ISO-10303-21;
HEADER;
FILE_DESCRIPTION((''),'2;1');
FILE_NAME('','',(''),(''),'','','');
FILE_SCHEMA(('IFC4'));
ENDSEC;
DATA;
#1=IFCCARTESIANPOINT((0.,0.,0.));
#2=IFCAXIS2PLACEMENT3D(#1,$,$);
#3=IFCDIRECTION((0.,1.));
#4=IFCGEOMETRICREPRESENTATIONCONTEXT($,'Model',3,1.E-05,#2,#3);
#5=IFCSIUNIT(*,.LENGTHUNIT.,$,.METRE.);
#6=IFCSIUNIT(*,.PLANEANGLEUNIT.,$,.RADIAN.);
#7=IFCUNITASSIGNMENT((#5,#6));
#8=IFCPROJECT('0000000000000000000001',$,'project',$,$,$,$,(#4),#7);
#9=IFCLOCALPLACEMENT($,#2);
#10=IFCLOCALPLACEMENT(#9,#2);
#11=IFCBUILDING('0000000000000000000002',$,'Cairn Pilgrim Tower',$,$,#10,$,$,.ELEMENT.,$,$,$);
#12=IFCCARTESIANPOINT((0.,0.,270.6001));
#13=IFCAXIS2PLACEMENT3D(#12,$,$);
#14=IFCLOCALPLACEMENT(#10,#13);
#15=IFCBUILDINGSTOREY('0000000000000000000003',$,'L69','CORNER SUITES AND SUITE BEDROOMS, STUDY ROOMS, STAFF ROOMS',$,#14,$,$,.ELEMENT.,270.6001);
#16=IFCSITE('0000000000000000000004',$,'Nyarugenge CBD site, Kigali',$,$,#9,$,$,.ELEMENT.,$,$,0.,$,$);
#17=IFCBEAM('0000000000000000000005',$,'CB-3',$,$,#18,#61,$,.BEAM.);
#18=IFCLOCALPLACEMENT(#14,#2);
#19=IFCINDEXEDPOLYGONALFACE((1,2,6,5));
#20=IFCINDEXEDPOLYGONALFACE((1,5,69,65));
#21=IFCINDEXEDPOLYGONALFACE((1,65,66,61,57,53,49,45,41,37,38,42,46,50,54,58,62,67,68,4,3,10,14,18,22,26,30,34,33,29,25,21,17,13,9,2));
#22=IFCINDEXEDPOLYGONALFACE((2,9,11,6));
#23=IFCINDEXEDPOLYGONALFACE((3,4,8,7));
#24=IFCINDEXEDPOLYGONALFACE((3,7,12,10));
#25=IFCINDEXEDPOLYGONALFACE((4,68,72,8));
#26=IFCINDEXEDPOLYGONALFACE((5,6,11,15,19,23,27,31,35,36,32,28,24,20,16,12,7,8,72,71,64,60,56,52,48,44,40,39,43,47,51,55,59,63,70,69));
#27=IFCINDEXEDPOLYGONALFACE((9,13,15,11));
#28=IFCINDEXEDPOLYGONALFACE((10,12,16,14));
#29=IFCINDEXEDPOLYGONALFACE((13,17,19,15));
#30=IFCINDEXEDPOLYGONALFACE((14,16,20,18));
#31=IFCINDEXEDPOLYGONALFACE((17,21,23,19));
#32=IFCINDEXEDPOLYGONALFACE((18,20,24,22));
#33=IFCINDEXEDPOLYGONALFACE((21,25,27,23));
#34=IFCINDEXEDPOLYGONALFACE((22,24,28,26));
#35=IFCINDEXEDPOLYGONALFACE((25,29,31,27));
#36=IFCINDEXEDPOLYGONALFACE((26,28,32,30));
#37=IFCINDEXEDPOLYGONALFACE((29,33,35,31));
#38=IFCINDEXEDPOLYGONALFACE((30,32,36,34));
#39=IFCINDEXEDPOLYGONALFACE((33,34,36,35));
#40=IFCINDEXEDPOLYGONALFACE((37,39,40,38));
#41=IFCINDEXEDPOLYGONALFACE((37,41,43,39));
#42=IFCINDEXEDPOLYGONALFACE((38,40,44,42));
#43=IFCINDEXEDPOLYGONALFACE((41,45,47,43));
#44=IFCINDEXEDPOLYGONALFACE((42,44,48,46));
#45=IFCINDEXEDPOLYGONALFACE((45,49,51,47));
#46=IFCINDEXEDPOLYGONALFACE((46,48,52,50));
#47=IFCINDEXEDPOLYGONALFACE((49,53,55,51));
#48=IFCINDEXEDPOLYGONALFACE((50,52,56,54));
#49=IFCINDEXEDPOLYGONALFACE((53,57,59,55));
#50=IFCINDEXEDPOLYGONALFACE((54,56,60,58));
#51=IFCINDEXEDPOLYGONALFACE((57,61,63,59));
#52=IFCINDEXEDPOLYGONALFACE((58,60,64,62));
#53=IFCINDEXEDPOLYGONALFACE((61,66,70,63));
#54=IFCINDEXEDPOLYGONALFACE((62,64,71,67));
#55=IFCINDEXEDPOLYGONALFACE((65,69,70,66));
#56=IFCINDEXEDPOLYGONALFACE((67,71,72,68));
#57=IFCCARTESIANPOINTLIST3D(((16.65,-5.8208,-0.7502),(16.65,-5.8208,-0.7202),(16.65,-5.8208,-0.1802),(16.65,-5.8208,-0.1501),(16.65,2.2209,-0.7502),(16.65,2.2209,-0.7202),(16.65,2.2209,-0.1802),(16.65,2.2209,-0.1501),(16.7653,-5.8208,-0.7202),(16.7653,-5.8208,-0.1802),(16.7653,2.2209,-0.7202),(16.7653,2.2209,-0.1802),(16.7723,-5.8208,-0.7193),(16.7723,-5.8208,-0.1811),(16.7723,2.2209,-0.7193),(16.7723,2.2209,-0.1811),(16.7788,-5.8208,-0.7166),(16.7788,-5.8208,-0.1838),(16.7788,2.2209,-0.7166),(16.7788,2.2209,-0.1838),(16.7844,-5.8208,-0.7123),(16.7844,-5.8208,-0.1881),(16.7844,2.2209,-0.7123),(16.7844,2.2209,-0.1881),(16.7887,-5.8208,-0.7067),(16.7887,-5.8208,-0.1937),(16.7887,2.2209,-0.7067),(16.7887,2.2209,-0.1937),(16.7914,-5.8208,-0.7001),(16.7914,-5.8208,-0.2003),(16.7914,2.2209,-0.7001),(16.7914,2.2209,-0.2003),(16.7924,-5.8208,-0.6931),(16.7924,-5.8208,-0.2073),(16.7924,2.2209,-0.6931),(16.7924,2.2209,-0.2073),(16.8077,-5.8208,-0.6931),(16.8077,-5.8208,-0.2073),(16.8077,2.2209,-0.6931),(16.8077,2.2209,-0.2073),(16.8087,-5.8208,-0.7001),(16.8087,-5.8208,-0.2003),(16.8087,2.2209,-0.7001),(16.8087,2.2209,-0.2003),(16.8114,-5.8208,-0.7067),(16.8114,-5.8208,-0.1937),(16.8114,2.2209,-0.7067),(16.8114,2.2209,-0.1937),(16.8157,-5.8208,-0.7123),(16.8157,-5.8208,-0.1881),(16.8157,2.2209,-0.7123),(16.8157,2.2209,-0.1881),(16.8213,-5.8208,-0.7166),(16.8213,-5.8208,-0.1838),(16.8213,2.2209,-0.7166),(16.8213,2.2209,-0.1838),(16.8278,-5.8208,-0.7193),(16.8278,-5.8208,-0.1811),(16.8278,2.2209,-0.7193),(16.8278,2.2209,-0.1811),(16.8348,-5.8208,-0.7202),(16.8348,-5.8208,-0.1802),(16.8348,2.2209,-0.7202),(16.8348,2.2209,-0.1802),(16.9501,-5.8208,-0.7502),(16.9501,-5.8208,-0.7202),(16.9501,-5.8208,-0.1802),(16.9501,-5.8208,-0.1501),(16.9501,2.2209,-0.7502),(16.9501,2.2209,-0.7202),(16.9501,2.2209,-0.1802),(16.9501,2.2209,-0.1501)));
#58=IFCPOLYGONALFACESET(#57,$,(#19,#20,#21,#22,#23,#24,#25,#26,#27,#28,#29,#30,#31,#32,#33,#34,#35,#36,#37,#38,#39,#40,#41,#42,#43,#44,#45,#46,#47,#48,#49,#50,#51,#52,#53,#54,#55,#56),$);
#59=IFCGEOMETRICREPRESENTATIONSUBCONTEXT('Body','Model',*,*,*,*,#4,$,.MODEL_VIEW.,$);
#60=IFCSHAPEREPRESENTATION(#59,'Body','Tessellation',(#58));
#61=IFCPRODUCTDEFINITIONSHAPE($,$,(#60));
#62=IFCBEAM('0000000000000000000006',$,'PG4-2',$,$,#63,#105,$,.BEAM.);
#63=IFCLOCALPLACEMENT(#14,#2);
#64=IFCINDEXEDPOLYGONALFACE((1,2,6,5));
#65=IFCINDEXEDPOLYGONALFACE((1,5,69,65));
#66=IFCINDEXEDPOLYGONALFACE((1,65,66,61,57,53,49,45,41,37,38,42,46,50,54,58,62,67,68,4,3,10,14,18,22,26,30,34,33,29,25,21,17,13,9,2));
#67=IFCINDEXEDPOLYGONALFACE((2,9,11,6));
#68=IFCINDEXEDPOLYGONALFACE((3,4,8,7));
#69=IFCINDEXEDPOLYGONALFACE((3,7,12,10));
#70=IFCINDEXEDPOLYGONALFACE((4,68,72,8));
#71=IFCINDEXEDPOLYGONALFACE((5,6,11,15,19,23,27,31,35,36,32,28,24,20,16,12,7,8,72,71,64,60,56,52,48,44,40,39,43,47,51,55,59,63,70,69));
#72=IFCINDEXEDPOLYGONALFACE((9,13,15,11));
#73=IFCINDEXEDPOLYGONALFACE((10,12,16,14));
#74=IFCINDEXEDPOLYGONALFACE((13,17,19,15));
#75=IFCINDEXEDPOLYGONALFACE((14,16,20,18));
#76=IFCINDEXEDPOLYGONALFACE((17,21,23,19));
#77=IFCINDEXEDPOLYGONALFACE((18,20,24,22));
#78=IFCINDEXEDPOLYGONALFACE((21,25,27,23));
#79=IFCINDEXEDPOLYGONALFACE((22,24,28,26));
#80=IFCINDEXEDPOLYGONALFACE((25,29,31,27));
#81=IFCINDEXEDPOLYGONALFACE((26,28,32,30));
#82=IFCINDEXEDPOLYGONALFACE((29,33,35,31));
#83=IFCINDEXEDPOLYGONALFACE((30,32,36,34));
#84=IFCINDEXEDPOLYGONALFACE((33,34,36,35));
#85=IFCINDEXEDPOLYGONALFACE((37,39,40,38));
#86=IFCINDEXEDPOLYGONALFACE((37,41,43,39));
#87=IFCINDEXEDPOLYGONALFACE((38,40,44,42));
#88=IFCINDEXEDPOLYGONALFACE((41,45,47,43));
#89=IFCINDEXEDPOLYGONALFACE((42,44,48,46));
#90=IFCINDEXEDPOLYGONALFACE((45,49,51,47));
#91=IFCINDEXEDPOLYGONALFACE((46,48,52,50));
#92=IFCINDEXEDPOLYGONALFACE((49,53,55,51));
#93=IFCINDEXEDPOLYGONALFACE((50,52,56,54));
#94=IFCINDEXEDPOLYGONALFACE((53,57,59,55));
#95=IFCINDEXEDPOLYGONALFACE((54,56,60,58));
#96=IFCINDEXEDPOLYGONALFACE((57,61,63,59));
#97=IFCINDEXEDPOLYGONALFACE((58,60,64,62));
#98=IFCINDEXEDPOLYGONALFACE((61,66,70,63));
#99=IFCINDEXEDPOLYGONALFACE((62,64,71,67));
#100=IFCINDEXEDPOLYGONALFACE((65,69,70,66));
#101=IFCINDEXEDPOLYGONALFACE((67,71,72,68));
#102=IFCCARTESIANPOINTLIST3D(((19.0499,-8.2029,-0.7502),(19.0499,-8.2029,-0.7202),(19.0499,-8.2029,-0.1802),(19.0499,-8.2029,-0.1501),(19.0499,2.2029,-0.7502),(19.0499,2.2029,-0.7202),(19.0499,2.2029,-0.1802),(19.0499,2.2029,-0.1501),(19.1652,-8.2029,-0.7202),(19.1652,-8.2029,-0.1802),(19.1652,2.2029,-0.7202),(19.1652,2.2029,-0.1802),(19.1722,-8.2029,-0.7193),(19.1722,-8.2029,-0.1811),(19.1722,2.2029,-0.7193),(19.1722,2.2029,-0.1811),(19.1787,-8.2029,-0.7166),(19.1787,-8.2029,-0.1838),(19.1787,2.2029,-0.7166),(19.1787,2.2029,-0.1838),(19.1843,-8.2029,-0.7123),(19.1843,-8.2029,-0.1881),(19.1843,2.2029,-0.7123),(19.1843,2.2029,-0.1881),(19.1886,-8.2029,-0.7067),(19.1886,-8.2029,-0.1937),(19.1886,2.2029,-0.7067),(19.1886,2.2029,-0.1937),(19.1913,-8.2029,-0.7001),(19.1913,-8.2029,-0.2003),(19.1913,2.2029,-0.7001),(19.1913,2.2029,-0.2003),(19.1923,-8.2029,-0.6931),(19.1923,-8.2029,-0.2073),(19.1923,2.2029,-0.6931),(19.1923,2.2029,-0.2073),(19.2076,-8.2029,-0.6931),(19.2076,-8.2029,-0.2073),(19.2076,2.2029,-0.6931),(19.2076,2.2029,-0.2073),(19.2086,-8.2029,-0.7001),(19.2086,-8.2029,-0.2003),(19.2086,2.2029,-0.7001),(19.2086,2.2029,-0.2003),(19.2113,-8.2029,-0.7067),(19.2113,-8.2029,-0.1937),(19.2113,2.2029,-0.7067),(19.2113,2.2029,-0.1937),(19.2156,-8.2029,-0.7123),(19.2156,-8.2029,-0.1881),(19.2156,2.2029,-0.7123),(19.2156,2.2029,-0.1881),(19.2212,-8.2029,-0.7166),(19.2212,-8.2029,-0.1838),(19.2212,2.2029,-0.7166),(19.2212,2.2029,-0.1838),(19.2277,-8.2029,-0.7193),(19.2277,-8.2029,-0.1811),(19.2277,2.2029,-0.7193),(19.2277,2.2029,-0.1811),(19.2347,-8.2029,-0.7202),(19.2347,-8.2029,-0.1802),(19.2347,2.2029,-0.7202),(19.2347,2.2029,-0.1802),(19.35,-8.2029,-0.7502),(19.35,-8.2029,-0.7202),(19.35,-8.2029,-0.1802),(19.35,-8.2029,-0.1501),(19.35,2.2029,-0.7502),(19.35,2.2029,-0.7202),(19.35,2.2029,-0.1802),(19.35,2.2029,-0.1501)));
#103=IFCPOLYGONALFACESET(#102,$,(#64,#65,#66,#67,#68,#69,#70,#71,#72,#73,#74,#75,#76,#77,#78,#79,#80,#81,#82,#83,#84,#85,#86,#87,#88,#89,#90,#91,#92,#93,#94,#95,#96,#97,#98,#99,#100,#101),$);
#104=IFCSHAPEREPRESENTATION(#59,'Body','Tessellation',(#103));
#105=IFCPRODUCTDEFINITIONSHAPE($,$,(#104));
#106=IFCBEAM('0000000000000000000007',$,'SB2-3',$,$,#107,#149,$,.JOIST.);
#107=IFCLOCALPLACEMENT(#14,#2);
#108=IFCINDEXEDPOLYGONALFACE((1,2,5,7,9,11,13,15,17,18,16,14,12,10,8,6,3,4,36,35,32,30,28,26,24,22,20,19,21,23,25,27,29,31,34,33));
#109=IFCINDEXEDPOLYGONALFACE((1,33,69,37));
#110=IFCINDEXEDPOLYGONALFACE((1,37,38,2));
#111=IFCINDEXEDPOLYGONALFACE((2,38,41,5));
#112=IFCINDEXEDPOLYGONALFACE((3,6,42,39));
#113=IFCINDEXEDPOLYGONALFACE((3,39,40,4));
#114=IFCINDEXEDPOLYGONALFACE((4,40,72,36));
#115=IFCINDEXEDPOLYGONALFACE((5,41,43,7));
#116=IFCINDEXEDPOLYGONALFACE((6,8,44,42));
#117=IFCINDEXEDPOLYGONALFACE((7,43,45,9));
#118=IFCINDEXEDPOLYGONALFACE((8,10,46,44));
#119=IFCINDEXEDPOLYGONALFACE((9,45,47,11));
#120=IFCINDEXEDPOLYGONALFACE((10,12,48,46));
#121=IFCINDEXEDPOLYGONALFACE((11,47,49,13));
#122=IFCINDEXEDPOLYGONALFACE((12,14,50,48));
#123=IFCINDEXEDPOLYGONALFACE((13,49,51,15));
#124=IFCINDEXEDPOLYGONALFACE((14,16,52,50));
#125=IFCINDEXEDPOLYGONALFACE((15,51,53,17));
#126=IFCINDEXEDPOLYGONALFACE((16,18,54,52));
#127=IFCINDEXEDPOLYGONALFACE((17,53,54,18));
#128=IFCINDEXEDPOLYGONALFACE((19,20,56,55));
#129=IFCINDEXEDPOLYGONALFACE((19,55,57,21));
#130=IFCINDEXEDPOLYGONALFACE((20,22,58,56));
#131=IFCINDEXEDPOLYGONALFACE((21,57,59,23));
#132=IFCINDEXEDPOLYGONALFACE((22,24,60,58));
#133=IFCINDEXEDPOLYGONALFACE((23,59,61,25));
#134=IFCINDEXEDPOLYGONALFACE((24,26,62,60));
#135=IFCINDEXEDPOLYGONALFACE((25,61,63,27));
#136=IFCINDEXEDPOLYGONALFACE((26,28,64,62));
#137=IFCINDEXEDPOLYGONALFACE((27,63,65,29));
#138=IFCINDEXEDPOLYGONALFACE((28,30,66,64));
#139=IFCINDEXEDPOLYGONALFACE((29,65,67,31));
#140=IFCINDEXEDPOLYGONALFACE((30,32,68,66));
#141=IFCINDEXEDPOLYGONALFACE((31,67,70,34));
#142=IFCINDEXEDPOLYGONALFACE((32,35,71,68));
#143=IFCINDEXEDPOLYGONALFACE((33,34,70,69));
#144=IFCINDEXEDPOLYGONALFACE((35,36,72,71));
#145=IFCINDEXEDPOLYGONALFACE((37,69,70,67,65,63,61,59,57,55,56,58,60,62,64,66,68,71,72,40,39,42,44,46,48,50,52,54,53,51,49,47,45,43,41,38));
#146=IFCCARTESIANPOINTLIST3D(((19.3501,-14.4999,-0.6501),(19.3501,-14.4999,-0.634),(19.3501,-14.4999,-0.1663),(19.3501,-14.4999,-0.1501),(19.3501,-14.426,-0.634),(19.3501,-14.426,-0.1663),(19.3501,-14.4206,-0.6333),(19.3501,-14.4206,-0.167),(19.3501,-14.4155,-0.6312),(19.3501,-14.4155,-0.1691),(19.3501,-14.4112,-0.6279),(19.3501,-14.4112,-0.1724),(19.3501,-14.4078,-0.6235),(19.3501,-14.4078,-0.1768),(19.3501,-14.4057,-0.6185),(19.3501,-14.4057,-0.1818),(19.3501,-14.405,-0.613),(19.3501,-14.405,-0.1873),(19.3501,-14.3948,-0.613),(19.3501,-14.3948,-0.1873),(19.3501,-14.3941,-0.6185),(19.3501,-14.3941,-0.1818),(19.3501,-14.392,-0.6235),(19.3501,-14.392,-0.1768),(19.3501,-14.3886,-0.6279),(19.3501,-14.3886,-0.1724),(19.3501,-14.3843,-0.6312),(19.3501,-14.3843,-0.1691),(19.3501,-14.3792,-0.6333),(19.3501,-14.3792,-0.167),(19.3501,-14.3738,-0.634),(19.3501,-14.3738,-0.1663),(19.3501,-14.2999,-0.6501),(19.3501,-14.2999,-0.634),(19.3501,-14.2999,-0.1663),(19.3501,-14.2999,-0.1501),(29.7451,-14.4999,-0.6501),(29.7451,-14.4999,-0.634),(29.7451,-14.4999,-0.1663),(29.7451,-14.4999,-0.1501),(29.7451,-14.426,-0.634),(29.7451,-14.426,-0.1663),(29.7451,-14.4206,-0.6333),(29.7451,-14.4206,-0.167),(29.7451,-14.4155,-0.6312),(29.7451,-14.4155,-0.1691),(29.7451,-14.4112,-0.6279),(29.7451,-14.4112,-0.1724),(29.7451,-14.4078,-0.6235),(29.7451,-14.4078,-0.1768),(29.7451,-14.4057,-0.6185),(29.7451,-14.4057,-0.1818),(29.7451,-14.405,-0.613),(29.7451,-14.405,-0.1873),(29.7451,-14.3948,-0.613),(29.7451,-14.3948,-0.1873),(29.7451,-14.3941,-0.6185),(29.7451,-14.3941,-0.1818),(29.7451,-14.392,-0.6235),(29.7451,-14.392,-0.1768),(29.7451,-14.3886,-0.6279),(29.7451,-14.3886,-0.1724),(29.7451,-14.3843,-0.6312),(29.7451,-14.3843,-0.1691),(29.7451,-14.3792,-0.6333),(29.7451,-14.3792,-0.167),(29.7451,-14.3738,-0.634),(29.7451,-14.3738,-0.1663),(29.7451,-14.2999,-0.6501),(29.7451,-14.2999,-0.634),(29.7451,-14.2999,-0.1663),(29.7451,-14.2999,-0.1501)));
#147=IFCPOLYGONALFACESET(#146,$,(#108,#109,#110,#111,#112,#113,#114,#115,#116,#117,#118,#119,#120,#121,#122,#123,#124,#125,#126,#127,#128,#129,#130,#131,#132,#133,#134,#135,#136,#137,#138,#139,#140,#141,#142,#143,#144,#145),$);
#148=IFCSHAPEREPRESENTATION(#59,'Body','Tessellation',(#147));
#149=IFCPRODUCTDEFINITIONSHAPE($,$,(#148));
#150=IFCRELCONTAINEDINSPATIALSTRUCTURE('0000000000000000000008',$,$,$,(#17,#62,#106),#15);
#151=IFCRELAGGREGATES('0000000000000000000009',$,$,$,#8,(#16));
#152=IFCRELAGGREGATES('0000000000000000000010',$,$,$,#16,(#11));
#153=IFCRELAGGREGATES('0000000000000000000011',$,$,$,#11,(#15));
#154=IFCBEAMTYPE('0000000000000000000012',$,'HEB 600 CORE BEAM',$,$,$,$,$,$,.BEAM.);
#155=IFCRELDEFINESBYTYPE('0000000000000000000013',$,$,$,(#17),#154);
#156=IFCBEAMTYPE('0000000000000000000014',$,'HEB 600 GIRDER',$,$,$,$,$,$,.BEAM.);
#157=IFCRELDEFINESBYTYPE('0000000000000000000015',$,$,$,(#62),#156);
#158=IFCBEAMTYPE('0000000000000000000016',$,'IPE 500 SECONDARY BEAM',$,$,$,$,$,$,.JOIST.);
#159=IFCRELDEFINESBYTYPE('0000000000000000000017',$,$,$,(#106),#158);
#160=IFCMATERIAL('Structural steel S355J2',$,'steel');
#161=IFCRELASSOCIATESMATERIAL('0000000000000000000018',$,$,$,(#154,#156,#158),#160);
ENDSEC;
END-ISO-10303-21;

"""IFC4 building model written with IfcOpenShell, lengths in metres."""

from ifc_helpers import new_model, si_unit, direction, frame, origin, origin_2d, place, context, subcontext, project, spatial, i_section, extrude, material, material_profile, profile_set, type_object, element, save


model = new_model("IFC4")

# Units and contexts
model_context = context("Model", 3, precision=1e-05, world=origin(), true_north=direction((0.0, 1.0)))
body_context = subcontext(model_context, "Body", "Model", "MODEL_VIEW")
ifc_project = project(units=[si_unit("LENGTHUNIT", "METRE"), si_unit("PLANEANGLEUNIT", "RADIAN")], contexts=[model_context])

# Site, building, storey
site_placement = place(None, origin())
site = spatial("IfcSite", under=ifc_project, at=site_placement, Name="Nyarugenge CBD site, Kigali", CompositionType="ELEMENT", RefElevation=0.0)
building_placement = place(site_placement, origin())
building = spatial("IfcBuilding", under=site, at=building_placement, Name="Cairn Pilgrim Tower", CompositionType="ELEMENT")
storey_placement = place(building_placement, frame((0.0, 0.0, 270.6001)))
storey = spatial("IfcBuildingStorey", under=building, at=storey_placement, Name="L69", Description="CORNER SUITES AND SUITE BEDROOMS, STUDY ROOMS, STAFF ROOMS", CompositionType="ELEMENT", Elevation=270.6001)

# Shared definitions
ifc_material_1 = material(Name="Structural steel S355J2", Category="steel")

# Beams
ifc_material_profile_1 = material_profile(ifc_material_1, i_section(OverallWidth=0.3, OverallDepth=0.6001, WebThickness=0.0154, FlangeThickness=0.03, FilletRadius=0.0271, at=origin_2d()), Name="HEB 600")
ifc_profile_set_1 = profile_set([ifc_material_profile_1], Name="Structural steel S355J2")
beam_type_1 = type_object("IfcBeamType", Name="HEB 600 CORE BEAM", PredefinedType="BEAM", material=ifc_profile_set_1)
beam_1_placement = place(storey_placement, frame((16.8, -5.8208, -0.4502), z_axis=(0.0, 1.0, 0.0), x_axis=(-1.0, 0.0, 0.0)))
element("IfcBeam", 1, at=beam_1_placement, inside=storey, type_object=beam_type_1, Name="CB-3", PredefinedType="BEAM", context=body_context, shape_type="SweptSolid", body=[
    extrude(i_section(OverallWidth=0.3, OverallDepth=0.6001, WebThickness=0.0154, FlangeThickness=0.03, FilletRadius=0.0271, at=origin_2d()), origin(), (0.0, 0.0, 1.0), 8.0417),
])
ifc_material_profile_2 = material_profile(ifc_material_1, i_section(OverallWidth=0.3, OverallDepth=0.6001, WebThickness=0.0154, FlangeThickness=0.03, FilletRadius=0.0271, at=origin_2d()), Name="HEB 600")
ifc_profile_set_2 = profile_set([ifc_material_profile_2], Name="Structural steel S355J2")
beam_type_2 = type_object("IfcBeamType", Name="HEB 600 GIRDER", PredefinedType="BEAM", material=ifc_profile_set_2)
beam_2_placement = place(storey_placement, frame((19.2, -8.2029, -0.4502), z_axis=(0.0, 1.0, 0.0), x_axis=(-1.0, 0.0, 0.0)))
element("IfcBeam", 2, at=beam_2_placement, inside=storey, type_object=beam_type_2, Name="PG4-2", PredefinedType="BEAM", context=body_context, shape_type="SweptSolid", body=[
    extrude(i_section(OverallWidth=0.3, OverallDepth=0.6001, WebThickness=0.0154, FlangeThickness=0.03, FilletRadius=0.0271, at=origin_2d()), origin(), (0.0, 0.0, 1.0), 10.4058),
])
ifc_material_profile_3 = material_profile(ifc_material_1, i_section(OverallWidth=0.2, OverallDepth=0.5, WebThickness=0.0103, FlangeThickness=0.0161, FilletRadius=0.021, at=origin_2d()), Name="IPE 500")
ifc_profile_set_3 = profile_set([ifc_material_profile_3], Name="Structural steel S355J2")
beam_type_3 = type_object("IfcBeamType", Name="IPE 500 SECONDARY BEAM", PredefinedType="JOIST", material=ifc_profile_set_3)
beam_3_placement = place(storey_placement, frame((19.3501, -14.3999, -0.4001), z_axis=(1.0, 0.0, 0.0), x_axis=(0.0, 1.0, 0.0)))
element("IfcBeam", 3, at=beam_3_placement, inside=storey, type_object=beam_type_3, Name="SB2-3", PredefinedType="JOIST", context=body_context, shape_type="SweptSolid", body=[
    extrude(i_section(OverallWidth=0.2, OverallDepth=0.5, WebThickness=0.0103, FlangeThickness=0.0161, FilletRadius=0.021, at=origin_2d()), origin(), (0.0, 0.0, 1.0), 10.395),
])

save(model, "model.ifc")
